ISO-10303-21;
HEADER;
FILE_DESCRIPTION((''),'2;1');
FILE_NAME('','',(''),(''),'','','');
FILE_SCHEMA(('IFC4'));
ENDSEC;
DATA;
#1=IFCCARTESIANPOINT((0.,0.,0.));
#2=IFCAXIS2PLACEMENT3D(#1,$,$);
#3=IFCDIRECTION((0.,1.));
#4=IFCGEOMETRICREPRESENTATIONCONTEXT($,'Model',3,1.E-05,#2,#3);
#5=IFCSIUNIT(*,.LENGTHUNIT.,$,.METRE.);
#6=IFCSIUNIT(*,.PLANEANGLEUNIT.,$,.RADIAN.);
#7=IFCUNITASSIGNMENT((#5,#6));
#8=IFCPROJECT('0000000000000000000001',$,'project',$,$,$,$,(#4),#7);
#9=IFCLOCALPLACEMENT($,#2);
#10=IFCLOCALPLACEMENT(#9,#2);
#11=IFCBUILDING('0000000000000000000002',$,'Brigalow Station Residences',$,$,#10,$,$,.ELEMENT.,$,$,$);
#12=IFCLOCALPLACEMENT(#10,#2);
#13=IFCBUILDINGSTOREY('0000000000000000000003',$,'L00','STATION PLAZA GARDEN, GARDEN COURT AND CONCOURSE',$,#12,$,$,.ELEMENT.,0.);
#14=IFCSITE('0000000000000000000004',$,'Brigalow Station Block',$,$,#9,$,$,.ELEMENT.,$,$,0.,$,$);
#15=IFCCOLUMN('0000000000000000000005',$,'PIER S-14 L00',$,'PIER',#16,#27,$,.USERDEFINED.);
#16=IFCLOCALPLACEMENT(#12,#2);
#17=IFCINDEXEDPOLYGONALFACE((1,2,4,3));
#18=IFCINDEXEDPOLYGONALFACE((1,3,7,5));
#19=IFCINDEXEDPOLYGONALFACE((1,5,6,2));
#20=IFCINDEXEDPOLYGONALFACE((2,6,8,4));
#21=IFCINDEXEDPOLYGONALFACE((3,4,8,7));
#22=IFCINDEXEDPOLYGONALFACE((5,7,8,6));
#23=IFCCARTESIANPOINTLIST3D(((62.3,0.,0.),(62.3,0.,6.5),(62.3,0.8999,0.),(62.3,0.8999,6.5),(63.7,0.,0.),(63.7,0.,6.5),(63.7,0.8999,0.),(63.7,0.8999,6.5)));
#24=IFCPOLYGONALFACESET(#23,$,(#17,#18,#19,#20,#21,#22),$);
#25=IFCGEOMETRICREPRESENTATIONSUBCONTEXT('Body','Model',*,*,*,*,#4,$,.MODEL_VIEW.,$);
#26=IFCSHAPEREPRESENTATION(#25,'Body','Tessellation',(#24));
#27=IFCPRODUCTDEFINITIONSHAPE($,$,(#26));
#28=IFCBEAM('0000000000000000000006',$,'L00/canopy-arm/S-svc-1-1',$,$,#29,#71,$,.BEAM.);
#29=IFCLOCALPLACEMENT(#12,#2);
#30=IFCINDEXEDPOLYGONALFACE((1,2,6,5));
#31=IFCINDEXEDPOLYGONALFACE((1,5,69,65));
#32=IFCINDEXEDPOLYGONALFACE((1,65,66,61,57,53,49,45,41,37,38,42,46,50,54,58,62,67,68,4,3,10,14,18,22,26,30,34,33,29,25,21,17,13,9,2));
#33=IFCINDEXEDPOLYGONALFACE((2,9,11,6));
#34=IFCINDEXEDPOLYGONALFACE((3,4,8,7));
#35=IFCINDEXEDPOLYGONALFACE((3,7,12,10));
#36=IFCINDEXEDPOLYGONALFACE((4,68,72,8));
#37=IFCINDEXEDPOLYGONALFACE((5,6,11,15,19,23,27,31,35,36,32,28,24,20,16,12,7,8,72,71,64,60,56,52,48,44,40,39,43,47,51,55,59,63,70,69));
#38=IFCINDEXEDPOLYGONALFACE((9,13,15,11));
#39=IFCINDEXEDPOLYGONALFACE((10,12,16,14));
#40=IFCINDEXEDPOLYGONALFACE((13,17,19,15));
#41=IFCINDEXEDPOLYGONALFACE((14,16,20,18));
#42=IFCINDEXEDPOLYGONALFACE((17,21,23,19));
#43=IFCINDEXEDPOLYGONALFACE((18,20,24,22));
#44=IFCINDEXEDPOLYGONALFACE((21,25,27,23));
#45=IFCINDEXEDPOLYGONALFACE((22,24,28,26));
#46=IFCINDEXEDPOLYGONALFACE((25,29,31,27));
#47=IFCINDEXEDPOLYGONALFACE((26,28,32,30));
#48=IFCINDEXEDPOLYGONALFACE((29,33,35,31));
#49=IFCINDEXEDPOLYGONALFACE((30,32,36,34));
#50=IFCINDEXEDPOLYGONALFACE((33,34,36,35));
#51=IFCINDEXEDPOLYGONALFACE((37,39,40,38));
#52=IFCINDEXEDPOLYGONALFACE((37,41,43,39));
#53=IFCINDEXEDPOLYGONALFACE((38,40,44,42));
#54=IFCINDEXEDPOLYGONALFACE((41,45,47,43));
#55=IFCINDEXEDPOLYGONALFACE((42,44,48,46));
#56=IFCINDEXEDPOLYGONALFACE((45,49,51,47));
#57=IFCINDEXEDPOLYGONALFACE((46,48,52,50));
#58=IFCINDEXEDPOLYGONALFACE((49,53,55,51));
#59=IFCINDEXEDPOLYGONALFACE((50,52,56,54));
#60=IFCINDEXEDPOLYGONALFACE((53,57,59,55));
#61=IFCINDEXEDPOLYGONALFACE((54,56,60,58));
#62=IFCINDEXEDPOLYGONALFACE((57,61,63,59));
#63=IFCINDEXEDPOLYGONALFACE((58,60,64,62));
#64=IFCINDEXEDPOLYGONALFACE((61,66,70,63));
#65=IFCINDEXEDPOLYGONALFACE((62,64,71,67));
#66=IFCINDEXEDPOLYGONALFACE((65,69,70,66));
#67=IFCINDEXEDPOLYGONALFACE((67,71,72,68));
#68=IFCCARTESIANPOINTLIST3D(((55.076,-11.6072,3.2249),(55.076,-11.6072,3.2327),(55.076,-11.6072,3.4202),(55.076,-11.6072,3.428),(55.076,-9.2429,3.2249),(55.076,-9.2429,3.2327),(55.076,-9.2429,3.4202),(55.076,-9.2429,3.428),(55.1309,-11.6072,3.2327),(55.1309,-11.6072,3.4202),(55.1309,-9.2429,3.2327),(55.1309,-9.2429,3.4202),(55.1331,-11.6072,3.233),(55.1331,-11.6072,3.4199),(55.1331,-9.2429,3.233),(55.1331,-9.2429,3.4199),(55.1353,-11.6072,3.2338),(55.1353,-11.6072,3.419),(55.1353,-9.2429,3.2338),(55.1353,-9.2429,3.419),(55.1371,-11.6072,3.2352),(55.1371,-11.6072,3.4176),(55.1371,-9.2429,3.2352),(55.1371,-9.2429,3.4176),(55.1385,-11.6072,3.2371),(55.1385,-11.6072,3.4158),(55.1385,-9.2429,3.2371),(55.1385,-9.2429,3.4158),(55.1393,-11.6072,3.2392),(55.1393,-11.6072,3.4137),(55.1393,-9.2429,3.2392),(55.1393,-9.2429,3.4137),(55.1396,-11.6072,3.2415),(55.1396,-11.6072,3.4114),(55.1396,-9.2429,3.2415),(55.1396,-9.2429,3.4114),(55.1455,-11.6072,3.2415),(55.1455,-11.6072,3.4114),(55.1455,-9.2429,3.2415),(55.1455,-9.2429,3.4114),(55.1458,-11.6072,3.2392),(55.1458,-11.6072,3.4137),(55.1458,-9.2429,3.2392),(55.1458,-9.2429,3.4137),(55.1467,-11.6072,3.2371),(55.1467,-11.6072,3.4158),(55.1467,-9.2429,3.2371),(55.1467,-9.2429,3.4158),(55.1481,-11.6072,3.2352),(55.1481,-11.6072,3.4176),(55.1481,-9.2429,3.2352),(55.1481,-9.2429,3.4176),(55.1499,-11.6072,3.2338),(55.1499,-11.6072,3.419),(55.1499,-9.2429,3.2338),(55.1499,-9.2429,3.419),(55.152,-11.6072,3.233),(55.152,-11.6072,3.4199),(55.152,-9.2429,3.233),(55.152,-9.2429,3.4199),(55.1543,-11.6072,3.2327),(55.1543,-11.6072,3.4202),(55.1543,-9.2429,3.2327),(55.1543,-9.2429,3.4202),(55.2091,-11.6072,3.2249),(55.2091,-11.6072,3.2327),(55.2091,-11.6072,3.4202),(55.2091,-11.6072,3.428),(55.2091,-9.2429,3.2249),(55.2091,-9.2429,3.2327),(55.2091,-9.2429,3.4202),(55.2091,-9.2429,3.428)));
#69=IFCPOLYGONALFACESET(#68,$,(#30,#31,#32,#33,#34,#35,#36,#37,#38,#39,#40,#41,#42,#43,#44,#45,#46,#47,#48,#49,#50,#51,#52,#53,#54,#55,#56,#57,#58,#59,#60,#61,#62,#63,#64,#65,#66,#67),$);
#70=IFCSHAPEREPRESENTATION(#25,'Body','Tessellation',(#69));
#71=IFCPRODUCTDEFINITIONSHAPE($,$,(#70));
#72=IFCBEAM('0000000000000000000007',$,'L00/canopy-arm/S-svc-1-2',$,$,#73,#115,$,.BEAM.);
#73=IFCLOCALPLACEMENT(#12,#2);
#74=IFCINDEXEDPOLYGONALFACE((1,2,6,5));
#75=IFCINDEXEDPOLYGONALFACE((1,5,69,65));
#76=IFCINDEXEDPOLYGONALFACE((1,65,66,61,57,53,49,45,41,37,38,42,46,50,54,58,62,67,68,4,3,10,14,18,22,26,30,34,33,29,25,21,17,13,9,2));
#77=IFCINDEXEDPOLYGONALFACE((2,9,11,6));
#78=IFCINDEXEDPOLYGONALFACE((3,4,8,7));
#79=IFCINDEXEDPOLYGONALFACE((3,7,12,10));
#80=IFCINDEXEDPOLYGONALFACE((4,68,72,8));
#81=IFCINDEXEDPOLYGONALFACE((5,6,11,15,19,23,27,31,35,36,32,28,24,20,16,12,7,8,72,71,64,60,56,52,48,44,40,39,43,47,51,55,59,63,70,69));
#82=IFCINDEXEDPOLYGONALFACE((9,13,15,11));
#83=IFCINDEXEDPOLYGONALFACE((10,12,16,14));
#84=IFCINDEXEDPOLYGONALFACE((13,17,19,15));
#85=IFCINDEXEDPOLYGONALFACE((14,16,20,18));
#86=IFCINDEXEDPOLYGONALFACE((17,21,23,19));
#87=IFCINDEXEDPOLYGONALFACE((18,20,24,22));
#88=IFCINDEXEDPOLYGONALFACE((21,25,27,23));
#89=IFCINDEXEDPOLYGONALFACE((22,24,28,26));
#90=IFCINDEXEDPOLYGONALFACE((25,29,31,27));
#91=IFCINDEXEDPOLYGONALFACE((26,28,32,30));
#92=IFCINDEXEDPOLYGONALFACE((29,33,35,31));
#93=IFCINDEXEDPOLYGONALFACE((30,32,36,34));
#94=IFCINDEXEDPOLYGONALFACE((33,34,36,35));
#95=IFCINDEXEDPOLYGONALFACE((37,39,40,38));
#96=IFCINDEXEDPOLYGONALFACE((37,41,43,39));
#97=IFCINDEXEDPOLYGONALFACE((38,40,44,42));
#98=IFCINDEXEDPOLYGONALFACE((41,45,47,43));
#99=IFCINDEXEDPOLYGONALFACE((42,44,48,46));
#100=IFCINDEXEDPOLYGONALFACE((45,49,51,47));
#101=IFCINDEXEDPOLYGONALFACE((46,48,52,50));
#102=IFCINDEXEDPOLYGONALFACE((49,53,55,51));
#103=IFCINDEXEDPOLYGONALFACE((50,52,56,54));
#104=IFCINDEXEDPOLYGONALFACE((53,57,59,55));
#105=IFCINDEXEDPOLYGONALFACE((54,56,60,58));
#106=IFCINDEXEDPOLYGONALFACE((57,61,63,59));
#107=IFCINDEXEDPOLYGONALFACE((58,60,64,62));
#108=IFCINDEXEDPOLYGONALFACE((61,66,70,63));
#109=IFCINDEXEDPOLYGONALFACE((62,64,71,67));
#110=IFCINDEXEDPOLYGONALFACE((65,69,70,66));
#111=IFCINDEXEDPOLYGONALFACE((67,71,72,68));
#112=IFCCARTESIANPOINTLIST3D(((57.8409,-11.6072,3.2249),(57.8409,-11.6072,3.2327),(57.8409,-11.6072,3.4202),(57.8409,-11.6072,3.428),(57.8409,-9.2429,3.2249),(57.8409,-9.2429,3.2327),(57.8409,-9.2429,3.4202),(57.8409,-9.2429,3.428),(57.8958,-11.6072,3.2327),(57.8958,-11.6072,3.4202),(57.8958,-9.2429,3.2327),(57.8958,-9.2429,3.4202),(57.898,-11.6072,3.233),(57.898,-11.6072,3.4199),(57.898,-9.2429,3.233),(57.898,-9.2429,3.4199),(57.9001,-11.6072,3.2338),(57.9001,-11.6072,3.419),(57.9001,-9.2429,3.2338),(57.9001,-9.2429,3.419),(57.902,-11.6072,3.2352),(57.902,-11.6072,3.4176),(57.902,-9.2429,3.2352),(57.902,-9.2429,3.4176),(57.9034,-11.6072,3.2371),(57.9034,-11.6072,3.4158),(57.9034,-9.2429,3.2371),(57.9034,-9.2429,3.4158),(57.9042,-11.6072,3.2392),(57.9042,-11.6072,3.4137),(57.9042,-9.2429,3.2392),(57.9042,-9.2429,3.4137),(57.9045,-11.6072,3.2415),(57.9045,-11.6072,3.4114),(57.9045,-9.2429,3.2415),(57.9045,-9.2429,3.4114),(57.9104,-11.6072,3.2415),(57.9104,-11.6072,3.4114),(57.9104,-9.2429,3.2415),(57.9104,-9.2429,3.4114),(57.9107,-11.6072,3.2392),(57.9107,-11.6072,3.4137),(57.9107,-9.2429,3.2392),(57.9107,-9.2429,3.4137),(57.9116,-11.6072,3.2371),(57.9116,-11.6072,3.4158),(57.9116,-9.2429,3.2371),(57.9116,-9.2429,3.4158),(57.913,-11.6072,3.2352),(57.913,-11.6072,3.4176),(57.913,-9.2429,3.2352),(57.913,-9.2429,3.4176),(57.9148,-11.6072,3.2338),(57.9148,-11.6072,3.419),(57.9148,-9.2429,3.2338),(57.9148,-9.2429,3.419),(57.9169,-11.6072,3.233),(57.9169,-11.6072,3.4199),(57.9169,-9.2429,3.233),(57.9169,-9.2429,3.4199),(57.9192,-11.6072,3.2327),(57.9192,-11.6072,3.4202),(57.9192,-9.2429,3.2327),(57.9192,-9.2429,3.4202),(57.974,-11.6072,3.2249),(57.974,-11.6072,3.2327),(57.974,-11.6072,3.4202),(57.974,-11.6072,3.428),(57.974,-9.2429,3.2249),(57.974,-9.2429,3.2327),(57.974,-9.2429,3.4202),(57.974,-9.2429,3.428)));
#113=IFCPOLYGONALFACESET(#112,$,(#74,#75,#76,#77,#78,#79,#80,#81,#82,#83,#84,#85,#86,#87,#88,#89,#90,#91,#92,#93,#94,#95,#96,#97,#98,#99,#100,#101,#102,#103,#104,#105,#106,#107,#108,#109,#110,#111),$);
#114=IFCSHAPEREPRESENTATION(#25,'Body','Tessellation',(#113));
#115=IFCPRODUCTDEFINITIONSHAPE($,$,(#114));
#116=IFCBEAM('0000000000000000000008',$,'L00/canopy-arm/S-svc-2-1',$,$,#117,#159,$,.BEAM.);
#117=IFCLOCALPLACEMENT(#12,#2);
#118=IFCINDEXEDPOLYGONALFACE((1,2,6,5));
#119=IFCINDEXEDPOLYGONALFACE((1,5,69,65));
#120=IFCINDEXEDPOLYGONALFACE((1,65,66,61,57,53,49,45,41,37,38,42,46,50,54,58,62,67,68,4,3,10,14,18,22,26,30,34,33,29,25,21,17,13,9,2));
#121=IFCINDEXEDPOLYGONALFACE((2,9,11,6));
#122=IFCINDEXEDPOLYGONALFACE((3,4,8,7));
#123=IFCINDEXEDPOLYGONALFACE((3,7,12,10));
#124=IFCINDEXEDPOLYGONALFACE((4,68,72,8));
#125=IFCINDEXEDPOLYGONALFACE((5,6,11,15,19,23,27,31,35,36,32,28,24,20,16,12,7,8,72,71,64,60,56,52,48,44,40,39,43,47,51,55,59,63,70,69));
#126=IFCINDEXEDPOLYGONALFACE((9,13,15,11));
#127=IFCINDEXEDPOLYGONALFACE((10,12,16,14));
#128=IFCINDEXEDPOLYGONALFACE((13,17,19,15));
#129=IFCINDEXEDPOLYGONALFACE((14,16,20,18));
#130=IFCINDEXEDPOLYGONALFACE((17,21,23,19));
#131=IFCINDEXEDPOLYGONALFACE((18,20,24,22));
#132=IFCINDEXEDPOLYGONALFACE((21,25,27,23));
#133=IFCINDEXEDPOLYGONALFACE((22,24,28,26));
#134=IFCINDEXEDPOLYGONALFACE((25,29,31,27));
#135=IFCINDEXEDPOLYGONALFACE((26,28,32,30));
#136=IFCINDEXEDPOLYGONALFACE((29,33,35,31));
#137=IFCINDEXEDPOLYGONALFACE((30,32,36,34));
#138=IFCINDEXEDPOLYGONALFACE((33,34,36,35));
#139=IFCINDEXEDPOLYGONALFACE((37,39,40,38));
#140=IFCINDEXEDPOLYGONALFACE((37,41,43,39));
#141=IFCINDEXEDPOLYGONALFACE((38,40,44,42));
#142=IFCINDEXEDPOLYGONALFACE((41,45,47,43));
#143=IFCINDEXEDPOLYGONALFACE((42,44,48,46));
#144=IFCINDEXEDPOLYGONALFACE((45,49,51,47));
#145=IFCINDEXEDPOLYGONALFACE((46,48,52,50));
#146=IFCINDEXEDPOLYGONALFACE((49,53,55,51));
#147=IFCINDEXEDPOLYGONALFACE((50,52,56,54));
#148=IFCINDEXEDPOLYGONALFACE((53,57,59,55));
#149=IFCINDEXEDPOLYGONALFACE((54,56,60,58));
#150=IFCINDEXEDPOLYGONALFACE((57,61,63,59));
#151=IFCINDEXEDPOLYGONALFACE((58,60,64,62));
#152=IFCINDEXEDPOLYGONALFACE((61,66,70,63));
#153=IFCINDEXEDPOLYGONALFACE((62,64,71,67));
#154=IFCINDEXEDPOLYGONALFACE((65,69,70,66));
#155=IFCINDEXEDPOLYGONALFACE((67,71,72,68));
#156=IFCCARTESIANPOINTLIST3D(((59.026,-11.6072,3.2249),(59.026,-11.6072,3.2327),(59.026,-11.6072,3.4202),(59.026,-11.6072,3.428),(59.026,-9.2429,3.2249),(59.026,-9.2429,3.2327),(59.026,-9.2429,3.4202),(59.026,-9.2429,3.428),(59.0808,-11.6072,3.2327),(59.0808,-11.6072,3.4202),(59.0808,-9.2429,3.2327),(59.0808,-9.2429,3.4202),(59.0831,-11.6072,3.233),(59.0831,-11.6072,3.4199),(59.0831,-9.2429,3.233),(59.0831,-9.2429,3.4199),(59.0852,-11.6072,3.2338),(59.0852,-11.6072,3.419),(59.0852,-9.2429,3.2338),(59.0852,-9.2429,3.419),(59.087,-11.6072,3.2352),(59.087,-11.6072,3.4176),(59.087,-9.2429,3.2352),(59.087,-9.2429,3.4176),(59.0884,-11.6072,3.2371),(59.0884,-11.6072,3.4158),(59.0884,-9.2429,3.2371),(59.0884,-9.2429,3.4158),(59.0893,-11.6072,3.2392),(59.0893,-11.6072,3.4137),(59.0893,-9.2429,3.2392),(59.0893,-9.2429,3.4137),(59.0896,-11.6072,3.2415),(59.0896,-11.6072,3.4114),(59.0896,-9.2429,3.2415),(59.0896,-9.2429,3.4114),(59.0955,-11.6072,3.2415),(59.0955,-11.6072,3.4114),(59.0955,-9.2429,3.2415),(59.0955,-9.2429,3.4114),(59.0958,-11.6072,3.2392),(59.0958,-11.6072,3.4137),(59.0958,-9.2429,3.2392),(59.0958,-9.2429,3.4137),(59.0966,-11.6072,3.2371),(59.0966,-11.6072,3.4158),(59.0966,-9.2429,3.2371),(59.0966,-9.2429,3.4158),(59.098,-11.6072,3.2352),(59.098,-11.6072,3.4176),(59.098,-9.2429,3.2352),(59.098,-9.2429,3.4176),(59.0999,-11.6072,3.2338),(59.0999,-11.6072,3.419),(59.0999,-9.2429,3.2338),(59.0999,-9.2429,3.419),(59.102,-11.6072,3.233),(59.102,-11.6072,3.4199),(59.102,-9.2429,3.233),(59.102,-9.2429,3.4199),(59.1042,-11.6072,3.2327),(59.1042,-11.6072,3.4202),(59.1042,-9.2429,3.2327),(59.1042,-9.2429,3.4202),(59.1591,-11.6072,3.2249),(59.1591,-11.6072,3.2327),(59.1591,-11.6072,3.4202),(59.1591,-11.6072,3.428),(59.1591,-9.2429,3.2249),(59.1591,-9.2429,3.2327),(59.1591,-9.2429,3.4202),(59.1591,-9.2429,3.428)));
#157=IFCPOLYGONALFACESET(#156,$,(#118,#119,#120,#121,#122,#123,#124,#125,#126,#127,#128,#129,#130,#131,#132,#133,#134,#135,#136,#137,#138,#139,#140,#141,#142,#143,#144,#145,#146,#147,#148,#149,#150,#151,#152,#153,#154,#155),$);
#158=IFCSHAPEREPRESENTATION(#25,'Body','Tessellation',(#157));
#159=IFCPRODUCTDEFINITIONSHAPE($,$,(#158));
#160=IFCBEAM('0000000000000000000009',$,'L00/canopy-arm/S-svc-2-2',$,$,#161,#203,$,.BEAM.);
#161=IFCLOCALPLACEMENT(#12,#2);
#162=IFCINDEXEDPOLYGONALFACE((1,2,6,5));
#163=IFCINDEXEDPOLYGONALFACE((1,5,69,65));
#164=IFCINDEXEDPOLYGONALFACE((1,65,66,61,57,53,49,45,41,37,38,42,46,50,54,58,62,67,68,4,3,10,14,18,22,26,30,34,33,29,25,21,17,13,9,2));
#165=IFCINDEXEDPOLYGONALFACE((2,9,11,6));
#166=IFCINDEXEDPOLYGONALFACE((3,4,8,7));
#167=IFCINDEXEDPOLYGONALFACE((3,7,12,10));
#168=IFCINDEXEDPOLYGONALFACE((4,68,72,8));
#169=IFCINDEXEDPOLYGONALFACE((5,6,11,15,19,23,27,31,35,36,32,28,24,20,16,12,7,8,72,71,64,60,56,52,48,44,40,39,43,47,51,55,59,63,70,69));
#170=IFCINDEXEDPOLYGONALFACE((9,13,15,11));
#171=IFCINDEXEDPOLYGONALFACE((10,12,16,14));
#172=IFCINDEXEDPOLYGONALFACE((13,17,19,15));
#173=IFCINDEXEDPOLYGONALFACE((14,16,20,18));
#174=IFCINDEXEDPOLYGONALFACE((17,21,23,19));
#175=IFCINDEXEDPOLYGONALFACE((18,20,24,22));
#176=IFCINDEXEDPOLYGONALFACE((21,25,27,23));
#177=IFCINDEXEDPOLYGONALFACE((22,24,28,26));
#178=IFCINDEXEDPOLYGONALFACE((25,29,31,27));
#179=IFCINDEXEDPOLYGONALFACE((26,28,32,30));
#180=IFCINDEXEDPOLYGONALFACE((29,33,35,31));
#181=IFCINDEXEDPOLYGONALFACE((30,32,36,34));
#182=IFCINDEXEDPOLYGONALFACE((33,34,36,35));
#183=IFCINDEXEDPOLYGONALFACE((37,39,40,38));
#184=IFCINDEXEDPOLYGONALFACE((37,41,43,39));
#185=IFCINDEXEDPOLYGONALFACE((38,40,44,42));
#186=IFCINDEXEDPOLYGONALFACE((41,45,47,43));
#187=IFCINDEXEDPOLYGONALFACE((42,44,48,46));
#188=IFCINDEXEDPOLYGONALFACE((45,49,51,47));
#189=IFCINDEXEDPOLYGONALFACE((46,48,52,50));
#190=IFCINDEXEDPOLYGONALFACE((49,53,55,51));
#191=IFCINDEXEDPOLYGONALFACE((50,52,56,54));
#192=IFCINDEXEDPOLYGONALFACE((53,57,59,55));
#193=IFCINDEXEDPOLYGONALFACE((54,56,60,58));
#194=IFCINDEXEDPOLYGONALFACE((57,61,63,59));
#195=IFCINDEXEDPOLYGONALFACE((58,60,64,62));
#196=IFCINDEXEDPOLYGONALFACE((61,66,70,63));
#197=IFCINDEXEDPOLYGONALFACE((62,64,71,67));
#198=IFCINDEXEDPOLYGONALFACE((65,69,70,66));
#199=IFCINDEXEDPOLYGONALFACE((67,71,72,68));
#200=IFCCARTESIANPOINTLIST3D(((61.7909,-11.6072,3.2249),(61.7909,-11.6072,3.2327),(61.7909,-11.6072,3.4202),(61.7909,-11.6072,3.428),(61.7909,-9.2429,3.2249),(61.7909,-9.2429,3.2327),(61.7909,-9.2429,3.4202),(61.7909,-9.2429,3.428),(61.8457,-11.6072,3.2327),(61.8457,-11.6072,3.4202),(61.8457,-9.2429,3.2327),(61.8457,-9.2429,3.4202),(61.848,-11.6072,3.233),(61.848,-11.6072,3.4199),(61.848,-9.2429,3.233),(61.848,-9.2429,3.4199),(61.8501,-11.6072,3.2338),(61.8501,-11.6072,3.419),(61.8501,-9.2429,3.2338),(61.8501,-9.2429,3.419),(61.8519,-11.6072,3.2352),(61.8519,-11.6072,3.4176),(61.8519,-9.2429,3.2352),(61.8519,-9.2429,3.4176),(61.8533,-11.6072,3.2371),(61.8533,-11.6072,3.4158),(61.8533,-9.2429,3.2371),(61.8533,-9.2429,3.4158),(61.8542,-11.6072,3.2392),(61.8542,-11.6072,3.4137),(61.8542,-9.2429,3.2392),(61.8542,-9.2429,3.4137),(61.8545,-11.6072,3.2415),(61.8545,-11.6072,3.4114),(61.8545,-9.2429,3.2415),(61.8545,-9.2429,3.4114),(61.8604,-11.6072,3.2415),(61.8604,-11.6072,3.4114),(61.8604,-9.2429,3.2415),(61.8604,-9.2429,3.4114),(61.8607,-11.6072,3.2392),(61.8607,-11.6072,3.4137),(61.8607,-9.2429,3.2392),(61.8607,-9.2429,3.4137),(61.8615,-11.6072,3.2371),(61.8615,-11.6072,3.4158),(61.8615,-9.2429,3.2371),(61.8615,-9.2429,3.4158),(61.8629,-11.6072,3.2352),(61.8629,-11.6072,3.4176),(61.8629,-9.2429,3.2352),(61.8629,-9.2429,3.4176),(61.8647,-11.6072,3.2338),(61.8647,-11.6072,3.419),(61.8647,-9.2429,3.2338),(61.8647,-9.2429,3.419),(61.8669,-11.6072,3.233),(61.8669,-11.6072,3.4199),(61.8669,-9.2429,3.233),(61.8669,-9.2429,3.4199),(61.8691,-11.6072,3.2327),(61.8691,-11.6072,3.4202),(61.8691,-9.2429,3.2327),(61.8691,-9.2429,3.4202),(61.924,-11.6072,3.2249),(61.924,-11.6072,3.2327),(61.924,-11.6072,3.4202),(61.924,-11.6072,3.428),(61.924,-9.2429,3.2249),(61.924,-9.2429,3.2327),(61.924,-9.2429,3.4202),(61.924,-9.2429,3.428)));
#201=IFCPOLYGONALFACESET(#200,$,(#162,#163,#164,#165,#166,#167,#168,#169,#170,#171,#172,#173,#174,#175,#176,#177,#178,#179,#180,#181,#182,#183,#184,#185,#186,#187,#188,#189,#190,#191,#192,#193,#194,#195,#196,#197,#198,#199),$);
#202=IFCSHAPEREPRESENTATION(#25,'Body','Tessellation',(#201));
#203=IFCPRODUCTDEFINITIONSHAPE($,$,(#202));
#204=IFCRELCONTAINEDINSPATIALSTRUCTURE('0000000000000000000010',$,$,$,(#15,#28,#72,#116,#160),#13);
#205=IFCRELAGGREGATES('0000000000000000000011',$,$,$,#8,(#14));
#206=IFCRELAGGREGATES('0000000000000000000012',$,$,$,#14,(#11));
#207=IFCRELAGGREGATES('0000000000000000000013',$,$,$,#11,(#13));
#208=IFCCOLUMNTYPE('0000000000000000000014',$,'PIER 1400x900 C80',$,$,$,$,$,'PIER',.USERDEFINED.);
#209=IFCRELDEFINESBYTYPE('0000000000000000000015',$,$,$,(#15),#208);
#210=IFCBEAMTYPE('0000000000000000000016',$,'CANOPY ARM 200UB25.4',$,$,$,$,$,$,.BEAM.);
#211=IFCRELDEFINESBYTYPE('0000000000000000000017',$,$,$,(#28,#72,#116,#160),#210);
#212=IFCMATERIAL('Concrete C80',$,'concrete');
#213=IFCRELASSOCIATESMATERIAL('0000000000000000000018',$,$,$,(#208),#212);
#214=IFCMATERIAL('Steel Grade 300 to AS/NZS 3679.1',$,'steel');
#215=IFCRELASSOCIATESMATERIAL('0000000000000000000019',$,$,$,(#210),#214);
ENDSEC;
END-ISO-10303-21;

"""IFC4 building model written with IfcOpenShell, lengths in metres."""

from ifc_helpers import new_model, si_unit, direction, frame, origin, origin_2d, place, context, subcontext, project, spatial, rectangle, i_section, extrude, material, material_profile, profile_set, type_object, element, save


model = new_model("IFC4")

# Units and contexts
model_context = context("Model", 3, precision=1e-05, world=origin(), true_north=direction((0.0, 1.0)))
body_context = subcontext(model_context, "Body", "Model", "MODEL_VIEW")
ifc_project = project(units=[si_unit("LENGTHUNIT", "METRE"), si_unit("PLANEANGLEUNIT", "RADIAN")], contexts=[model_context])

# Site, building, storey
site_placement = place(None, origin())
site = spatial("IfcSite", under=ifc_project, at=site_placement, Name="Brigalow Station Block", CompositionType="ELEMENT", RefElevation=0.0)
building_placement = place(site_placement, origin())
building = spatial("IfcBuilding", under=site, at=building_placement, Name="Brigalow Station Residences", CompositionType="ELEMENT")
storey_placement = place(building_placement, origin())
storey = spatial("IfcBuildingStorey", under=building, at=storey_placement, Name="L00", Description="STATION PLAZA GARDEN, GARDEN COURT AND CONCOURSE", CompositionType="ELEMENT", Elevation=0.0)

# Column
ifc_material_1 = material(Name="Concrete C80", Category="concrete")
ifc_material_profile_1 = material_profile(ifc_material_1, rectangle(XDim=1.3999, YDim=0.8999, at=origin_2d()), Name="RC1400x900")
ifc_profile_set_1 = profile_set([ifc_material_profile_1], Name="Concrete C80")
column_type_1 = type_object("IfcColumnType", Name="PIER 1400x900 C80", ElementType="PIER", PredefinedType="USERDEFINED", material=ifc_profile_set_1)
column_placement = place(storey_placement, frame((63.0, 0.45, 0.0), z_axis=(0.0, 0.0, 1.0), x_axis=(1.0, 0.0, 0.0)))
element("IfcColumn", 1, at=column_placement, inside=storey, type_object=column_type_1, Name="PIER S-14 L00", ObjectType="PIER", PredefinedType="USERDEFINED", context=body_context, shape_type="SweptSolid", body=[
    extrude(rectangle(XDim=1.3999, YDim=0.8999, at=origin_2d()), origin(), (0.0, 0.0, 1.0), 6.5),
])

# Beams
ifc_material_2 = material(Name="Steel Grade 300 to AS/NZS 3679.1", Category="steel")
ifc_material_profile_2 = material_profile(ifc_material_2, i_section(OverallWidth=0.1331, OverallDepth=0.2031, WebThickness=0.0059, FlangeThickness=0.0078, FilletRadius=0.0088, at=origin_2d()), Name="200UB25.4")
ifc_profile_set_2 = profile_set([ifc_material_profile_2], Name="Steel Grade 300 to AS/NZS 3679.1")
beam_type_1 = type_object("IfcBeamType", Name="CANOPY ARM 200UB25.4", PredefinedType="BEAM", material=ifc_profile_set_2)
for number, where, z_axis, x_axis, name in (
    (2, (55.1426, -9.2429, 3.3264), (0.0, -1.0, 0.0), (1.0, 0.0, 0.0), "L00/canopy-arm/S-svc-1-1"),
    (3, (57.9075, -9.2429, 3.3264), (0.0, -1.0, 0.0), (1.0, 0.0, 0.0), "L00/canopy-arm/S-svc-1-2"),
    (4, (59.0925, -9.2429, 3.3264), (0.0, -1.0, 0.0), (1.0, 0.0, 0.0), "L00/canopy-arm/S-svc-2-1"),
    (5, (61.8574, -9.2429, 3.3264), (0.0, -1.0, 0.0), (1.0, 0.0, 0.0), "L00/canopy-arm/S-svc-2-2"),
):
    element("IfcBeam", number, at=place(storey_placement, frame(where, z_axis=z_axis, x_axis=x_axis)), inside=storey, type_object=beam_type_1, Name=name, PredefinedType="BEAM", context=body_context, shape_type="SweptSolid", body=[
        extrude(i_section(OverallWidth=0.1331, OverallDepth=0.2031, WebThickness=0.0059, FlangeThickness=0.0078, FilletRadius=0.0088, at=origin_2d()), origin(), (0.0, 0.0, 1.0), 2.3643),
    ])

save(model, "model.ifc")
